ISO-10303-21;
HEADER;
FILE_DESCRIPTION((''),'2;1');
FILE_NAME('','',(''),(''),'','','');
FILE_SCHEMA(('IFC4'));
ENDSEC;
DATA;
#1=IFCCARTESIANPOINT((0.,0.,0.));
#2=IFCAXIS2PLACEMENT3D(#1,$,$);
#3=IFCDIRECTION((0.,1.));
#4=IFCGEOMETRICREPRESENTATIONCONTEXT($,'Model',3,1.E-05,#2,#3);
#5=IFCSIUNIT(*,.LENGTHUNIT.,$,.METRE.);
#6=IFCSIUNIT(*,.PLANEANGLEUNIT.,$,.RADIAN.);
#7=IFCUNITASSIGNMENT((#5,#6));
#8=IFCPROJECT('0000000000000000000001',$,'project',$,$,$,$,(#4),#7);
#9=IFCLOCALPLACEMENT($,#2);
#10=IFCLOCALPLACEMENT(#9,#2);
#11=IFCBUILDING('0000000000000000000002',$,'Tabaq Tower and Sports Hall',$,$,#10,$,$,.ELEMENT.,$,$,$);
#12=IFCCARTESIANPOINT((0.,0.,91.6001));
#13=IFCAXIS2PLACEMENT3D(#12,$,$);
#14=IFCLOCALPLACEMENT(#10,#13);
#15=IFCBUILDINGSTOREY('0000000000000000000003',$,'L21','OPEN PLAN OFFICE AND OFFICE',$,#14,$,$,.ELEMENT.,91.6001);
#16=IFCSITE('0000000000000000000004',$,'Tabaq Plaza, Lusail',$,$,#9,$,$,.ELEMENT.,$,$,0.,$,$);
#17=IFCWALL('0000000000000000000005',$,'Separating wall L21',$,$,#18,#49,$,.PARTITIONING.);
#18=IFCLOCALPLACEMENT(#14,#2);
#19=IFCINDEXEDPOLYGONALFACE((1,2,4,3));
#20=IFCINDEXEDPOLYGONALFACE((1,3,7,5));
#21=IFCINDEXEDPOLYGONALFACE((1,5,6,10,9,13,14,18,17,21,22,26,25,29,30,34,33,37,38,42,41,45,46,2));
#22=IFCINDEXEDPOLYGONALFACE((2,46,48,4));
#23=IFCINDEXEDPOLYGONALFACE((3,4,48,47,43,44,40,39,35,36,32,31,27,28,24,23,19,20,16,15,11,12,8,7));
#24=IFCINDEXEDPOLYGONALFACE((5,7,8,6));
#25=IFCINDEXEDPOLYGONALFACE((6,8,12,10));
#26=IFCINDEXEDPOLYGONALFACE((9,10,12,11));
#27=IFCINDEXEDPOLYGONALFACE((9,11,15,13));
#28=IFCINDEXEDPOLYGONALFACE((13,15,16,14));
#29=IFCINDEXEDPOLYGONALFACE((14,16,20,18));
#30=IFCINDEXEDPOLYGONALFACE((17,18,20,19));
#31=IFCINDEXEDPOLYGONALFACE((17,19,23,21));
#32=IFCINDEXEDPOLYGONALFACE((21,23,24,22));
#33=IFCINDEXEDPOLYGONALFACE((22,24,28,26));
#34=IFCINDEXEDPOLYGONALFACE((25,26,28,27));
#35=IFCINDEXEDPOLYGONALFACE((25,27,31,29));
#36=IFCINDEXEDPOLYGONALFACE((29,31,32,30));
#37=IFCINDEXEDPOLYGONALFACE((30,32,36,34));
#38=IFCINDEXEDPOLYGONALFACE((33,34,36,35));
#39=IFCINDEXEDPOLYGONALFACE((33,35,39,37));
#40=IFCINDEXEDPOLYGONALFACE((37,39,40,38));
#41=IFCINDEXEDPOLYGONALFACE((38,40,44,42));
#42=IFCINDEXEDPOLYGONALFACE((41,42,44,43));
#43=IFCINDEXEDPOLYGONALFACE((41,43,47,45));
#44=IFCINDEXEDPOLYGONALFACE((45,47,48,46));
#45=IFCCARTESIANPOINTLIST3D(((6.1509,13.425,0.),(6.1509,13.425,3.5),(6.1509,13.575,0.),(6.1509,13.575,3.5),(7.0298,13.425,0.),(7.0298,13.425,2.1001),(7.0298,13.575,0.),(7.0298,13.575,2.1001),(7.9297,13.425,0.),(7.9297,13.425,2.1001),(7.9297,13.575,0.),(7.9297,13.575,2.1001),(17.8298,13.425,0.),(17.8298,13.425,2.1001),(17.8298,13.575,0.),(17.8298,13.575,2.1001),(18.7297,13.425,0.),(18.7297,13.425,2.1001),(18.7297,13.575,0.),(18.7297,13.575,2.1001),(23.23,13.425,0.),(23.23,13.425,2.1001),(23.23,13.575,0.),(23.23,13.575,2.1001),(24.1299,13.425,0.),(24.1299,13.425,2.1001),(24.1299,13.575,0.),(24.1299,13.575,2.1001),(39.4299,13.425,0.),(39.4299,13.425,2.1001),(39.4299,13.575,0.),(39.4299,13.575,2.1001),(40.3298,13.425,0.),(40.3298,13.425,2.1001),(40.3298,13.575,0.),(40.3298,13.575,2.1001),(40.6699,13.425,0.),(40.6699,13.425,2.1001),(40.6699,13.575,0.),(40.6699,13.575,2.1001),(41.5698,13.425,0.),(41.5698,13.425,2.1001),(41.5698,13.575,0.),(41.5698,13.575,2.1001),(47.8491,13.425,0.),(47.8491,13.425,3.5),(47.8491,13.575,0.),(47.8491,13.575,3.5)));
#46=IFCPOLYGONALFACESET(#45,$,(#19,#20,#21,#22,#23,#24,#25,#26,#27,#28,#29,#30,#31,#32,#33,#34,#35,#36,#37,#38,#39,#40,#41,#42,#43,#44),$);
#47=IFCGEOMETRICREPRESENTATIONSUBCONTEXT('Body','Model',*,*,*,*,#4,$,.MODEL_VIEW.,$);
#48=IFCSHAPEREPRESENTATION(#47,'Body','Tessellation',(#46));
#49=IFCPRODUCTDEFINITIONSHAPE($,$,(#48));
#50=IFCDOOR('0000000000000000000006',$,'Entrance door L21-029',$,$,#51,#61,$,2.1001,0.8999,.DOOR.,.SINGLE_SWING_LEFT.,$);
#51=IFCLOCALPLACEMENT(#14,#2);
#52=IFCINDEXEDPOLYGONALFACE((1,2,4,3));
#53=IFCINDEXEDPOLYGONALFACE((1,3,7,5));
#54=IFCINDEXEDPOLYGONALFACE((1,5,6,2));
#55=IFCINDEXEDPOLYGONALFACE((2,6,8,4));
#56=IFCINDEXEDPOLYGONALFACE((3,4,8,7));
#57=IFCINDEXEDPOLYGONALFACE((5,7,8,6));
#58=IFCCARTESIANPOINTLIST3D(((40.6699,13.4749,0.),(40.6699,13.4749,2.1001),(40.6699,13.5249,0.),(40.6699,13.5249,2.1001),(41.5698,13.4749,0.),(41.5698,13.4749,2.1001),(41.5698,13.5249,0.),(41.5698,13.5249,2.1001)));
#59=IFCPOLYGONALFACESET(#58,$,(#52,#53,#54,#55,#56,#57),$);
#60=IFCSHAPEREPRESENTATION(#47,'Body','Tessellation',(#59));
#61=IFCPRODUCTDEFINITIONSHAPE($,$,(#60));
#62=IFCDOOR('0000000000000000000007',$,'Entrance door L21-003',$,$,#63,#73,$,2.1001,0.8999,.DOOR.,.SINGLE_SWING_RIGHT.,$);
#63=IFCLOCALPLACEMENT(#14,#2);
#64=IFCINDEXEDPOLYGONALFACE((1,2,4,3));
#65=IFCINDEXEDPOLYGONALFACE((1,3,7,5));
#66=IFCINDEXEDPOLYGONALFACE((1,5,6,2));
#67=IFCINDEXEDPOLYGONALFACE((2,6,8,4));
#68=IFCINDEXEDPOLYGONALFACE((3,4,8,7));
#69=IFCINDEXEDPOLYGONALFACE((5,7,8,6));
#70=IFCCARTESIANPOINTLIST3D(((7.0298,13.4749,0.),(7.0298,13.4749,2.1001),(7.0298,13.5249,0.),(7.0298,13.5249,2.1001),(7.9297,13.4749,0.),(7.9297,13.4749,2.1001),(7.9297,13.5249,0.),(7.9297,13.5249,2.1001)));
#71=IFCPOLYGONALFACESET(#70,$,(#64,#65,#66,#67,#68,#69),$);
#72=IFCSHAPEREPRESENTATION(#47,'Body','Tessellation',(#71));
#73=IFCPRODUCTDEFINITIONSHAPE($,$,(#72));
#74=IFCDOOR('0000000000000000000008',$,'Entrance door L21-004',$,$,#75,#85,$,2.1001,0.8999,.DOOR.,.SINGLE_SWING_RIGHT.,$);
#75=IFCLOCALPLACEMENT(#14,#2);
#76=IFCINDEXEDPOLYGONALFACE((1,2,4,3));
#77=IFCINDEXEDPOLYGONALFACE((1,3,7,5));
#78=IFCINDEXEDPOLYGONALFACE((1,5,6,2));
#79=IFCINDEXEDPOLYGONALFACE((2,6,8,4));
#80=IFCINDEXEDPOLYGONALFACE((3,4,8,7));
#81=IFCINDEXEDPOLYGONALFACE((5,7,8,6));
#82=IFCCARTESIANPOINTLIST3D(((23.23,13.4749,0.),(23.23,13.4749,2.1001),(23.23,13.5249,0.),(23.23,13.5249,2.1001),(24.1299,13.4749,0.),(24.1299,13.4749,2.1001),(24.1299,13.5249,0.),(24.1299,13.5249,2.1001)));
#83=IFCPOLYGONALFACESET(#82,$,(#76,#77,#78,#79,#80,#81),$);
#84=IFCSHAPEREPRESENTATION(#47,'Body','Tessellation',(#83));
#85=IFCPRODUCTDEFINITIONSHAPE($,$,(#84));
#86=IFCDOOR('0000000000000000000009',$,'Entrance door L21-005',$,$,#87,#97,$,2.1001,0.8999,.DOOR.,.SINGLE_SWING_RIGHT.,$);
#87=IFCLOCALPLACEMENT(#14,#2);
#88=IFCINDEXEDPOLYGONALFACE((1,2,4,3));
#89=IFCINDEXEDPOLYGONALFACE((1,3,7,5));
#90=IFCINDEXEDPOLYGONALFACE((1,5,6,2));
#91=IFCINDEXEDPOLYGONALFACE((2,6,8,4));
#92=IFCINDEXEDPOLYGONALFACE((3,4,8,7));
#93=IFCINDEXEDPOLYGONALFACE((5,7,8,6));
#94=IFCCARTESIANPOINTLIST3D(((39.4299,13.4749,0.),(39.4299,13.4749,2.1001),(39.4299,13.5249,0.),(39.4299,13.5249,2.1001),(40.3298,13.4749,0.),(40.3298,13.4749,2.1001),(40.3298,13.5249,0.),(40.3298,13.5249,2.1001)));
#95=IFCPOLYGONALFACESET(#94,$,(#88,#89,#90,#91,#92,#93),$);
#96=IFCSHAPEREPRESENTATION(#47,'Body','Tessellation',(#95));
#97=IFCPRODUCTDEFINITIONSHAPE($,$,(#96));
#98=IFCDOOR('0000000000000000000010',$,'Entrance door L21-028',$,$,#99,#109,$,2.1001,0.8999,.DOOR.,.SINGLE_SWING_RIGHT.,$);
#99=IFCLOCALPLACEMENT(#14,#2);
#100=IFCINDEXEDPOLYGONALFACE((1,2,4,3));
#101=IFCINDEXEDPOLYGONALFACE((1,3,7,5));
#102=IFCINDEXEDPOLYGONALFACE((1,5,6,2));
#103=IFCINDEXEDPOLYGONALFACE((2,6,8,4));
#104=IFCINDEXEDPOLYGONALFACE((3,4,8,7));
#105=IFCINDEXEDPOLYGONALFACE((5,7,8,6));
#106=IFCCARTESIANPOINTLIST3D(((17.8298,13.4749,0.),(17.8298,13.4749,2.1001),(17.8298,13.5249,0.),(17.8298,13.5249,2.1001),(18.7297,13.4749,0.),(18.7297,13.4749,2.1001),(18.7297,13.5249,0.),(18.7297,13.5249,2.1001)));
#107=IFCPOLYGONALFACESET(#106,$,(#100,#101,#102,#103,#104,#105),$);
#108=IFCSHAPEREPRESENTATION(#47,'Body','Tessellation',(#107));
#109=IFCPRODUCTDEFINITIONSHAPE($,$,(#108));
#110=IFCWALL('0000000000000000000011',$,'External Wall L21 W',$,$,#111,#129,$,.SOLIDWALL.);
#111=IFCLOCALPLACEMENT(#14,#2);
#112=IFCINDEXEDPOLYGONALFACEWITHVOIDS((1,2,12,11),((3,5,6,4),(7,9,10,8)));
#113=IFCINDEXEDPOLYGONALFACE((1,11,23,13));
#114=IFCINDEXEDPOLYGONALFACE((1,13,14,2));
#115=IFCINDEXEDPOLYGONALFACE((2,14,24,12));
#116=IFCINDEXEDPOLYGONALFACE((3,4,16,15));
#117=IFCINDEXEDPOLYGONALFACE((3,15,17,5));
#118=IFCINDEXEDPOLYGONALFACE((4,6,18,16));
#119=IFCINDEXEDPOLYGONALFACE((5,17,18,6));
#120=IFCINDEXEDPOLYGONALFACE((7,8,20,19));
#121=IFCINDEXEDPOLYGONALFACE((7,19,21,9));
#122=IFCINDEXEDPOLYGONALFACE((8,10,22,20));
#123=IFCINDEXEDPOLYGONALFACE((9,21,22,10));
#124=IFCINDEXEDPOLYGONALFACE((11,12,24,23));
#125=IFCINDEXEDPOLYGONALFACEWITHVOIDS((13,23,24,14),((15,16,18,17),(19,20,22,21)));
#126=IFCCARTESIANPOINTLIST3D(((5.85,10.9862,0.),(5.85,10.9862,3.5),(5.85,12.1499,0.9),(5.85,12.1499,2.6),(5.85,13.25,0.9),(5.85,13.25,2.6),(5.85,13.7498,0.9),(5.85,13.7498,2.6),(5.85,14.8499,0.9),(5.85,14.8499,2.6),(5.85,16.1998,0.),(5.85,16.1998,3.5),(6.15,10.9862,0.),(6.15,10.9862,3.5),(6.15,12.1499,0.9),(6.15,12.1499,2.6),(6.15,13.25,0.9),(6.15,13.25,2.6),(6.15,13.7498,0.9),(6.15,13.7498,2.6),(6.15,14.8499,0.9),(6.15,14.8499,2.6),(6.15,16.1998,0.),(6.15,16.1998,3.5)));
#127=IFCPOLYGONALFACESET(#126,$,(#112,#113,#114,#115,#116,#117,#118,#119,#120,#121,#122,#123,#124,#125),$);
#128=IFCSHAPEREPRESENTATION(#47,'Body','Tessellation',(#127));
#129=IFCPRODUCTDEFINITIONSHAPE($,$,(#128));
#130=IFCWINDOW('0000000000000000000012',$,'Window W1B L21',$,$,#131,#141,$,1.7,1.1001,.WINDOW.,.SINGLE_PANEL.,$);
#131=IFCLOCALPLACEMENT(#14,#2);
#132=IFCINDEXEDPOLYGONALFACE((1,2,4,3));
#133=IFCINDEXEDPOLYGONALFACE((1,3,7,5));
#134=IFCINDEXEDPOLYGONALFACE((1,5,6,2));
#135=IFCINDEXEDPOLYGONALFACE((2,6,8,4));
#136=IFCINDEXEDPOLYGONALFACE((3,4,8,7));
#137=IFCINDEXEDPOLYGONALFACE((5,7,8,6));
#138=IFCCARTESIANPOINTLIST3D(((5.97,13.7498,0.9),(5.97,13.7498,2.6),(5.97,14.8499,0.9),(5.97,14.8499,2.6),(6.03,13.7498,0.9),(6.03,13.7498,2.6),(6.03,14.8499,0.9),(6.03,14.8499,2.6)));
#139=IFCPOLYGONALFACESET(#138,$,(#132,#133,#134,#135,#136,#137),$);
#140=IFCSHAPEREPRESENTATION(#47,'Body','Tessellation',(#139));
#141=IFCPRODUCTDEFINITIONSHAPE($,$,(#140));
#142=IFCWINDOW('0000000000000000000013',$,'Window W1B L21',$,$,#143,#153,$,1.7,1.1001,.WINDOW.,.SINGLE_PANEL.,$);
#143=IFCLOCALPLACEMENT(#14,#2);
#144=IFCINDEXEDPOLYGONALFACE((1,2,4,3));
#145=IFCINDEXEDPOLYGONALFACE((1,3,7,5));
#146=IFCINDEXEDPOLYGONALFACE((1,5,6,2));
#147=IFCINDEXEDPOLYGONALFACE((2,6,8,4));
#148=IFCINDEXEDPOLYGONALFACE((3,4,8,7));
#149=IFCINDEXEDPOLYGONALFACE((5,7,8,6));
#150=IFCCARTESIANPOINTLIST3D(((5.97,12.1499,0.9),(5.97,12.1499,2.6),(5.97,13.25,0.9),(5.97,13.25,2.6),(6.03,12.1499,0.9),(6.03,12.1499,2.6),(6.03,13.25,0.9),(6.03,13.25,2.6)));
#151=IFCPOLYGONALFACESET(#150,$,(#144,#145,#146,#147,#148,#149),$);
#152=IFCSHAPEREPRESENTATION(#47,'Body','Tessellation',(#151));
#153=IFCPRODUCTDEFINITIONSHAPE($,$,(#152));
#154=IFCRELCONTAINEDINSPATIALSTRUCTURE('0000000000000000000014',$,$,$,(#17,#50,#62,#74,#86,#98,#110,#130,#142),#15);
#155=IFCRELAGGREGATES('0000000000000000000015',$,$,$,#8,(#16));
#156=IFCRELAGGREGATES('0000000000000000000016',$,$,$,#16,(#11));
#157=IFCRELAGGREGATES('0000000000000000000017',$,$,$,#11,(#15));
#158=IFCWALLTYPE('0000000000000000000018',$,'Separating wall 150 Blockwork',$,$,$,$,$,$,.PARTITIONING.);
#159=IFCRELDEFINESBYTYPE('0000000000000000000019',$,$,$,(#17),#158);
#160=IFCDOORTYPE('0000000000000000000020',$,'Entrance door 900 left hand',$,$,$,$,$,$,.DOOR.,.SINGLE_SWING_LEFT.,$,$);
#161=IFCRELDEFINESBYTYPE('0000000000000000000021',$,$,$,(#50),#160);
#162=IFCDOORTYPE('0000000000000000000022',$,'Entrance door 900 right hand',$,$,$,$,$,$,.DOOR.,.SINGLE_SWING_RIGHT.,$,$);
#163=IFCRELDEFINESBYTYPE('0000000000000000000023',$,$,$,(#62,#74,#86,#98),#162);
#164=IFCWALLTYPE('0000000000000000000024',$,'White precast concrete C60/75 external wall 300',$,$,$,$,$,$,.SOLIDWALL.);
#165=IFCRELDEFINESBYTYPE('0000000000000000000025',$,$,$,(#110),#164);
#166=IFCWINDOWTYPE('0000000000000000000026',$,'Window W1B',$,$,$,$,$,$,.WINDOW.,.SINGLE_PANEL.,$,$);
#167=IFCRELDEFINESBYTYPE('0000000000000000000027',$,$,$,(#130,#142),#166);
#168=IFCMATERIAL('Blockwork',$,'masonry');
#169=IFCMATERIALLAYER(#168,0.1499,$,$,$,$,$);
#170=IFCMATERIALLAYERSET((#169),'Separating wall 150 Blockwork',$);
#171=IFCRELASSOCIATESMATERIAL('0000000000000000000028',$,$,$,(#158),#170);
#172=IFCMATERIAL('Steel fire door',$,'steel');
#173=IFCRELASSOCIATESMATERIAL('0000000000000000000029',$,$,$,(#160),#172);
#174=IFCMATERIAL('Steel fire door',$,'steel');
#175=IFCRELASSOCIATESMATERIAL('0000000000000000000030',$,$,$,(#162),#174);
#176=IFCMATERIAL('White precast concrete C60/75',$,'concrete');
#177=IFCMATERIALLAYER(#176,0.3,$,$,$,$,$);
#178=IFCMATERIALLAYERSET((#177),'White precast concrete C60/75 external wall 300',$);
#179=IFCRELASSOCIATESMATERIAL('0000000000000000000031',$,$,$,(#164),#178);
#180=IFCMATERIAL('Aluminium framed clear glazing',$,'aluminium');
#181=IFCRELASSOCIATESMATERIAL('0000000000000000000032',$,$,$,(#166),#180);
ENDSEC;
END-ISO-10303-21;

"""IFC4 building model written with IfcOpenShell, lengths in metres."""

from ifc_helpers import new_model, si_unit, direction, frame, frame_2d, origin, place, context, subcontext, project, spatial, rectangle, extrude, material, layer, layer_set, type_object, element, fill, save


model = new_model("IFC4")

# Units and contexts
model_context = context("Model", 3, precision=1e-05, world=origin(), true_north=direction((0.0, 1.0)))
body_context = subcontext(model_context, "Body", "Model", "MODEL_VIEW")
ifc_project = project(units=[si_unit("LENGTHUNIT", "METRE"), si_unit("PLANEANGLEUNIT", "RADIAN")], contexts=[model_context])

# Site, building, storey
site_placement = place(None, origin())
site = spatial("IfcSite", under=ifc_project, at=site_placement, Name="Tabaq Plaza, Lusail", CompositionType="ELEMENT", RefElevation=0.0)
building_placement = place(site_placement, origin())
building = spatial("IfcBuilding", under=site, at=building_placement, Name="Tabaq Tower and Sports Hall", CompositionType="ELEMENT")
storey_placement = place(building_placement, frame((0.0, 0.0, 91.6001)))
storey = spatial("IfcBuildingStorey", under=building, at=storey_placement, Name="L21", Description="OPEN PLAN OFFICE AND OFFICE", CompositionType="ELEMENT", Elevation=91.6001)

# Wall, openings, doors
ifc_material_1 = material(Name="Blockwork", Category="masonry")
ifc_layer_1 = layer(ifc_material_1, 0.1499)
ifc_layer_set_1 = layer_set([ifc_layer_1], Name="Separating wall 150 Blockwork")
wall_type_1 = type_object("IfcWallType", Name="Separating wall 150 Blockwork", PredefinedType="PARTITIONING", material=ifc_layer_set_1)
wall_1_placement = place(storey_placement, frame((6.1509, 13.5, 0.0), z_axis=(0.0, 0.0, 1.0), x_axis=(1.0, 0.0, 0.0)))
wall_1 = element("IfcWall", 1, at=wall_1_placement, inside=storey, type_object=wall_type_1, Name="Separating wall L21", PredefinedType="PARTITIONING", context=body_context, shape_type="SweptSolid", body=[
    extrude(rectangle(XDim=41.6982, YDim=0.1499, at=frame_2d((20.8491, 0.0))), origin(), (0.0, 0.0, 1.0), 3.5),
])
opening_1_placement = place(wall_1_placement, frame((0.8789, 0.0, 0.0)))
opening_1 = element("IfcOpeningElement", 2, at=opening_1_placement, cuts=wall_1, PredefinedType="OPENING", context=body_context, shape_type="SweptSolid", body=[
    extrude(rectangle(XDim=0.8999, YDim=2.1001, at=frame_2d((0.45, 1.05))), frame((0.0, 0.075, 0.0), z_axis=(0.0, -1.0, 0.0), x_axis=(1.0, 0.0, 0.0)), (0.0, 0.0, 1.0), 0.1499),
])
opening_2_placement = place(wall_1_placement, frame((17.0791, 0.0, 0.0)))
opening_2 = element("IfcOpeningElement", 3, at=opening_2_placement, cuts=wall_1, PredefinedType="OPENING", context=body_context, shape_type="SweptSolid", body=[
    extrude(rectangle(XDim=0.8999, YDim=2.1001, at=frame_2d((0.45, 1.05))), frame((0.0, 0.075, 0.0), z_axis=(0.0, -1.0, 0.0), x_axis=(1.0, 0.0, 0.0)), (0.0, 0.0, 1.0), 0.1499),
])
opening_3_placement = place(wall_1_placement, frame((33.2791, 0.0, 0.0)))
opening_3 = element("IfcOpeningElement", 4, at=opening_3_placement, cuts=wall_1, PredefinedType="OPENING", context=body_context, shape_type="SweptSolid", body=[
    extrude(rectangle(XDim=0.8999, YDim=2.1001, at=frame_2d((0.45, 1.05))), frame((0.0, 0.075, 0.0), z_axis=(0.0, -1.0, 0.0), x_axis=(1.0, 0.0, 0.0)), (0.0, 0.0, 1.0), 0.1499),
])
opening_4_placement = place(wall_1_placement, frame((11.679, 0.0, 0.0)))
opening_4 = element("IfcOpeningElement", 5, at=opening_4_placement, cuts=wall_1, PredefinedType="OPENING", context=body_context, shape_type="SweptSolid", body=[
    extrude(rectangle(XDim=0.8999, YDim=2.1001, at=frame_2d((0.45, 1.05))), frame((0.0, 0.075, 0.0), z_axis=(0.0, -1.0, 0.0), x_axis=(1.0, 0.0, 0.0)), (0.0, 0.0, 1.0), 0.1499),
])
opening_5_placement = place(wall_1_placement, frame((34.519, 0.0, 0.0)))
opening_5 = element("IfcOpeningElement", 6, at=opening_5_placement, cuts=wall_1, PredefinedType="OPENING", context=body_context, shape_type="SweptSolid", body=[
    extrude(rectangle(XDim=0.8999, YDim=2.1001, at=frame_2d((0.45, 1.05))), frame((0.0, 0.075, 0.0), z_axis=(0.0, -1.0, 0.0), x_axis=(1.0, 0.0, 0.0)), (0.0, 0.0, 1.0), 0.1499),
])
ifc_material_2 = material(Name="Steel fire door", Category="steel")
door_type_1 = type_object("IfcDoorType", Name="Entrance door 900 left hand", OperationType="SINGLE_SWING_LEFT", PredefinedType="DOOR", material=ifc_material_2)
door_1_placement = place(opening_5_placement, origin())
door_1 = element("IfcDoor", 7, at=door_1_placement, inside=storey, type_object=door_type_1, Name="Entrance door L21-029", OperationType="SINGLE_SWING_LEFT", OverallHeight=2.1001, OverallWidth=0.8999, PredefinedType="DOOR", context=body_context, shape_type="SweptSolid", body=[
    extrude(rectangle(XDim=0.8999, YDim=2.1001, at=frame_2d((0.45, 1.05))), frame((0.0, 0.0249, 0.0), z_axis=(0.0, -1.0, 0.0), x_axis=(1.0, 0.0, 0.0)), (0.0, 0.0, 1.0), 0.05),
])
fill(opening_5, door_1)
ifc_material_3 = material(Name="Steel fire door", Category="steel")
door_type_2 = type_object("IfcDoorType", Name="Entrance door 900 right hand", OperationType="SINGLE_SWING_RIGHT", PredefinedType="DOOR", material=ifc_material_3)
door_2_placement = place(opening_1_placement, origin())
door_2 = element("IfcDoor", 8, at=door_2_placement, inside=storey, type_object=door_type_2, Name="Entrance door L21-003", OperationType="SINGLE_SWING_RIGHT", OverallHeight=2.1001, OverallWidth=0.8999, PredefinedType="DOOR", context=body_context, shape_type="SweptSolid", body=[
    extrude(rectangle(XDim=0.8999, YDim=2.1001, at=frame_2d((0.45, 1.05))), frame((0.0, 0.0249, 0.0), z_axis=(0.0, -1.0, 0.0), x_axis=(1.0, 0.0, 0.0)), (0.0, 0.0, 1.0), 0.05),
])
fill(opening_1, door_2)
door_3_placement = place(opening_2_placement, origin())
door_3 = element("IfcDoor", 9, at=door_3_placement, inside=storey, type_object=door_type_2, Name="Entrance door L21-004", OperationType="SINGLE_SWING_RIGHT", OverallHeight=2.1001, OverallWidth=0.8999, PredefinedType="DOOR", context=body_context, shape_type="SweptSolid", body=[
    extrude(rectangle(XDim=0.8999, YDim=2.1001, at=frame_2d((0.45, 1.05))), frame((0.0, 0.0249, 0.0), z_axis=(0.0, -1.0, 0.0), x_axis=(1.0, 0.0, 0.0)), (0.0, 0.0, 1.0), 0.05),
])
fill(opening_2, door_3)
door_4_placement = place(opening_3_placement, origin())
door_4 = element("IfcDoor", 10, at=door_4_placement, inside=storey, type_object=door_type_2, Name="Entrance door L21-005", OperationType="SINGLE_SWING_RIGHT", OverallHeight=2.1001, OverallWidth=0.8999, PredefinedType="DOOR", context=body_context, shape_type="SweptSolid", body=[
    extrude(rectangle(XDim=0.8999, YDim=2.1001, at=frame_2d((0.45, 1.05))), frame((0.0, 0.0249, 0.0), z_axis=(0.0, -1.0, 0.0), x_axis=(1.0, 0.0, 0.0)), (0.0, 0.0, 1.0), 0.05),
])
fill(opening_3, door_4)
door_5_placement = place(opening_4_placement, origin())
door_5 = element("IfcDoor", 11, at=door_5_placement, inside=storey, type_object=door_type_2, Name="Entrance door L21-028", OperationType="SINGLE_SWING_RIGHT", OverallHeight=2.1001, OverallWidth=0.8999, PredefinedType="DOOR", context=body_context, shape_type="SweptSolid", body=[
    extrude(rectangle(XDim=0.8999, YDim=2.1001, at=frame_2d((0.45, 1.05))), frame((0.0, 0.0249, 0.0), z_axis=(0.0, -1.0, 0.0), x_axis=(1.0, 0.0, 0.0)), (0.0, 0.0, 1.0), 0.05),
])
fill(opening_4, door_5)

# Wall, openings, windows
ifc_material_4 = material(Name="White precast concrete C60/75", Category="concrete")
ifc_layer_2 = layer(ifc_material_4, 0.3)
ifc_layer_set_2 = layer_set([ifc_layer_2], Name="White precast concrete C60/75 external wall 300")
wall_type_2 = type_object("IfcWallType", Name="White precast concrete C60/75 external wall 300", PredefinedType="SOLIDWALL", material=ifc_layer_set_2)
wall_2_placement = place(storey_placement, frame((6.0, 16.2, 0.0), z_axis=(0.0, 0.0, 1.0), x_axis=(0.0, -1.0, 0.0)))
wall_2 = element("IfcWall", 12, at=wall_2_placement, inside=storey, type_object=wall_type_2, Name="External Wall L21 W", PredefinedType="SOLIDWALL", context=body_context, shape_type="SweptSolid", body=[
    extrude(rectangle(XDim=5.2136, YDim=0.3, at=frame_2d((2.6069, 0.0))), origin(), (0.0, 0.0, 1.0), 3.5),
])
opening_6_placement = place(wall_2_placement, frame((1.3501, 0.0, 0.8999)))
opening_6 = element("IfcOpeningElement", 13, at=opening_6_placement, cuts=wall_2, PredefinedType="OPENING", context=body_context, shape_type="SweptSolid", body=[
    extrude(rectangle(XDim=1.1001, YDim=1.7, at=frame_2d((0.55, 0.8501))), frame((0.0, 0.1602, 0.0), z_axis=(0.0, -1.0, 0.0), x_axis=(1.0, 0.0, 0.0)), (0.0, 0.0, 1.0), 0.3201),
])
opening_7_placement = place(wall_2_placement, frame((2.95, 0.0, 0.8999)))
opening_7 = element("IfcOpeningElement", 14, at=opening_7_placement, cuts=wall_2, PredefinedType="OPENING", context=body_context, shape_type="SweptSolid", body=[
    extrude(rectangle(XDim=1.1001, YDim=1.7, at=frame_2d((0.55, 0.8501))), frame((0.0, 0.1602, 0.0), z_axis=(0.0, -1.0, 0.0), x_axis=(1.0, 0.0, 0.0)), (0.0, 0.0, 1.0), 0.3201),
])
ifc_material_5 = material(Name="Aluminium framed clear glazing", Category="aluminium")
window_type = type_object("IfcWindowType", Name="Window W1B", PartitioningType="SINGLE_PANEL", PredefinedType="WINDOW", material=ifc_material_5)
window_1_placement = place(opening_6_placement, origin())
window_1 = element("IfcWindow", 15, at=window_1_placement, inside=storey, type_object=window_type, Name="Window W1B L21", OverallHeight=1.7, OverallWidth=1.1001, PartitioningType="SINGLE_PANEL", PredefinedType="WINDOW", context=body_context, shape_type="SweptSolid", body=[
    extrude(rectangle(XDim=1.1001, YDim=1.7, at=frame_2d((0.55, 0.8501))), frame((0.0, 0.03, 0.0), z_axis=(0.0, -1.0, 0.0), x_axis=(1.0, 0.0, 0.0)), (0.0, 0.0, 1.0), 0.0601),
])
fill(opening_6, window_1)
window_2_placement = place(opening_7_placement, origin())
window_2 = element("IfcWindow", 16, at=window_2_placement, inside=storey, type_object=window_type, Name="Window W1B L21", OverallHeight=1.7, OverallWidth=1.1001, PartitioningType="SINGLE_PANEL", PredefinedType="WINDOW", context=body_context, shape_type="SweptSolid", body=[
    extrude(rectangle(XDim=1.1001, YDim=1.7, at=frame_2d((0.55, 0.8501))), frame((0.0, 0.03, 0.0), z_axis=(0.0, -1.0, 0.0), x_axis=(1.0, 0.0, 0.0)), (0.0, 0.0, 1.0), 0.0601),
])
fill(opening_7, window_2)

save(model, "model.ifc")
